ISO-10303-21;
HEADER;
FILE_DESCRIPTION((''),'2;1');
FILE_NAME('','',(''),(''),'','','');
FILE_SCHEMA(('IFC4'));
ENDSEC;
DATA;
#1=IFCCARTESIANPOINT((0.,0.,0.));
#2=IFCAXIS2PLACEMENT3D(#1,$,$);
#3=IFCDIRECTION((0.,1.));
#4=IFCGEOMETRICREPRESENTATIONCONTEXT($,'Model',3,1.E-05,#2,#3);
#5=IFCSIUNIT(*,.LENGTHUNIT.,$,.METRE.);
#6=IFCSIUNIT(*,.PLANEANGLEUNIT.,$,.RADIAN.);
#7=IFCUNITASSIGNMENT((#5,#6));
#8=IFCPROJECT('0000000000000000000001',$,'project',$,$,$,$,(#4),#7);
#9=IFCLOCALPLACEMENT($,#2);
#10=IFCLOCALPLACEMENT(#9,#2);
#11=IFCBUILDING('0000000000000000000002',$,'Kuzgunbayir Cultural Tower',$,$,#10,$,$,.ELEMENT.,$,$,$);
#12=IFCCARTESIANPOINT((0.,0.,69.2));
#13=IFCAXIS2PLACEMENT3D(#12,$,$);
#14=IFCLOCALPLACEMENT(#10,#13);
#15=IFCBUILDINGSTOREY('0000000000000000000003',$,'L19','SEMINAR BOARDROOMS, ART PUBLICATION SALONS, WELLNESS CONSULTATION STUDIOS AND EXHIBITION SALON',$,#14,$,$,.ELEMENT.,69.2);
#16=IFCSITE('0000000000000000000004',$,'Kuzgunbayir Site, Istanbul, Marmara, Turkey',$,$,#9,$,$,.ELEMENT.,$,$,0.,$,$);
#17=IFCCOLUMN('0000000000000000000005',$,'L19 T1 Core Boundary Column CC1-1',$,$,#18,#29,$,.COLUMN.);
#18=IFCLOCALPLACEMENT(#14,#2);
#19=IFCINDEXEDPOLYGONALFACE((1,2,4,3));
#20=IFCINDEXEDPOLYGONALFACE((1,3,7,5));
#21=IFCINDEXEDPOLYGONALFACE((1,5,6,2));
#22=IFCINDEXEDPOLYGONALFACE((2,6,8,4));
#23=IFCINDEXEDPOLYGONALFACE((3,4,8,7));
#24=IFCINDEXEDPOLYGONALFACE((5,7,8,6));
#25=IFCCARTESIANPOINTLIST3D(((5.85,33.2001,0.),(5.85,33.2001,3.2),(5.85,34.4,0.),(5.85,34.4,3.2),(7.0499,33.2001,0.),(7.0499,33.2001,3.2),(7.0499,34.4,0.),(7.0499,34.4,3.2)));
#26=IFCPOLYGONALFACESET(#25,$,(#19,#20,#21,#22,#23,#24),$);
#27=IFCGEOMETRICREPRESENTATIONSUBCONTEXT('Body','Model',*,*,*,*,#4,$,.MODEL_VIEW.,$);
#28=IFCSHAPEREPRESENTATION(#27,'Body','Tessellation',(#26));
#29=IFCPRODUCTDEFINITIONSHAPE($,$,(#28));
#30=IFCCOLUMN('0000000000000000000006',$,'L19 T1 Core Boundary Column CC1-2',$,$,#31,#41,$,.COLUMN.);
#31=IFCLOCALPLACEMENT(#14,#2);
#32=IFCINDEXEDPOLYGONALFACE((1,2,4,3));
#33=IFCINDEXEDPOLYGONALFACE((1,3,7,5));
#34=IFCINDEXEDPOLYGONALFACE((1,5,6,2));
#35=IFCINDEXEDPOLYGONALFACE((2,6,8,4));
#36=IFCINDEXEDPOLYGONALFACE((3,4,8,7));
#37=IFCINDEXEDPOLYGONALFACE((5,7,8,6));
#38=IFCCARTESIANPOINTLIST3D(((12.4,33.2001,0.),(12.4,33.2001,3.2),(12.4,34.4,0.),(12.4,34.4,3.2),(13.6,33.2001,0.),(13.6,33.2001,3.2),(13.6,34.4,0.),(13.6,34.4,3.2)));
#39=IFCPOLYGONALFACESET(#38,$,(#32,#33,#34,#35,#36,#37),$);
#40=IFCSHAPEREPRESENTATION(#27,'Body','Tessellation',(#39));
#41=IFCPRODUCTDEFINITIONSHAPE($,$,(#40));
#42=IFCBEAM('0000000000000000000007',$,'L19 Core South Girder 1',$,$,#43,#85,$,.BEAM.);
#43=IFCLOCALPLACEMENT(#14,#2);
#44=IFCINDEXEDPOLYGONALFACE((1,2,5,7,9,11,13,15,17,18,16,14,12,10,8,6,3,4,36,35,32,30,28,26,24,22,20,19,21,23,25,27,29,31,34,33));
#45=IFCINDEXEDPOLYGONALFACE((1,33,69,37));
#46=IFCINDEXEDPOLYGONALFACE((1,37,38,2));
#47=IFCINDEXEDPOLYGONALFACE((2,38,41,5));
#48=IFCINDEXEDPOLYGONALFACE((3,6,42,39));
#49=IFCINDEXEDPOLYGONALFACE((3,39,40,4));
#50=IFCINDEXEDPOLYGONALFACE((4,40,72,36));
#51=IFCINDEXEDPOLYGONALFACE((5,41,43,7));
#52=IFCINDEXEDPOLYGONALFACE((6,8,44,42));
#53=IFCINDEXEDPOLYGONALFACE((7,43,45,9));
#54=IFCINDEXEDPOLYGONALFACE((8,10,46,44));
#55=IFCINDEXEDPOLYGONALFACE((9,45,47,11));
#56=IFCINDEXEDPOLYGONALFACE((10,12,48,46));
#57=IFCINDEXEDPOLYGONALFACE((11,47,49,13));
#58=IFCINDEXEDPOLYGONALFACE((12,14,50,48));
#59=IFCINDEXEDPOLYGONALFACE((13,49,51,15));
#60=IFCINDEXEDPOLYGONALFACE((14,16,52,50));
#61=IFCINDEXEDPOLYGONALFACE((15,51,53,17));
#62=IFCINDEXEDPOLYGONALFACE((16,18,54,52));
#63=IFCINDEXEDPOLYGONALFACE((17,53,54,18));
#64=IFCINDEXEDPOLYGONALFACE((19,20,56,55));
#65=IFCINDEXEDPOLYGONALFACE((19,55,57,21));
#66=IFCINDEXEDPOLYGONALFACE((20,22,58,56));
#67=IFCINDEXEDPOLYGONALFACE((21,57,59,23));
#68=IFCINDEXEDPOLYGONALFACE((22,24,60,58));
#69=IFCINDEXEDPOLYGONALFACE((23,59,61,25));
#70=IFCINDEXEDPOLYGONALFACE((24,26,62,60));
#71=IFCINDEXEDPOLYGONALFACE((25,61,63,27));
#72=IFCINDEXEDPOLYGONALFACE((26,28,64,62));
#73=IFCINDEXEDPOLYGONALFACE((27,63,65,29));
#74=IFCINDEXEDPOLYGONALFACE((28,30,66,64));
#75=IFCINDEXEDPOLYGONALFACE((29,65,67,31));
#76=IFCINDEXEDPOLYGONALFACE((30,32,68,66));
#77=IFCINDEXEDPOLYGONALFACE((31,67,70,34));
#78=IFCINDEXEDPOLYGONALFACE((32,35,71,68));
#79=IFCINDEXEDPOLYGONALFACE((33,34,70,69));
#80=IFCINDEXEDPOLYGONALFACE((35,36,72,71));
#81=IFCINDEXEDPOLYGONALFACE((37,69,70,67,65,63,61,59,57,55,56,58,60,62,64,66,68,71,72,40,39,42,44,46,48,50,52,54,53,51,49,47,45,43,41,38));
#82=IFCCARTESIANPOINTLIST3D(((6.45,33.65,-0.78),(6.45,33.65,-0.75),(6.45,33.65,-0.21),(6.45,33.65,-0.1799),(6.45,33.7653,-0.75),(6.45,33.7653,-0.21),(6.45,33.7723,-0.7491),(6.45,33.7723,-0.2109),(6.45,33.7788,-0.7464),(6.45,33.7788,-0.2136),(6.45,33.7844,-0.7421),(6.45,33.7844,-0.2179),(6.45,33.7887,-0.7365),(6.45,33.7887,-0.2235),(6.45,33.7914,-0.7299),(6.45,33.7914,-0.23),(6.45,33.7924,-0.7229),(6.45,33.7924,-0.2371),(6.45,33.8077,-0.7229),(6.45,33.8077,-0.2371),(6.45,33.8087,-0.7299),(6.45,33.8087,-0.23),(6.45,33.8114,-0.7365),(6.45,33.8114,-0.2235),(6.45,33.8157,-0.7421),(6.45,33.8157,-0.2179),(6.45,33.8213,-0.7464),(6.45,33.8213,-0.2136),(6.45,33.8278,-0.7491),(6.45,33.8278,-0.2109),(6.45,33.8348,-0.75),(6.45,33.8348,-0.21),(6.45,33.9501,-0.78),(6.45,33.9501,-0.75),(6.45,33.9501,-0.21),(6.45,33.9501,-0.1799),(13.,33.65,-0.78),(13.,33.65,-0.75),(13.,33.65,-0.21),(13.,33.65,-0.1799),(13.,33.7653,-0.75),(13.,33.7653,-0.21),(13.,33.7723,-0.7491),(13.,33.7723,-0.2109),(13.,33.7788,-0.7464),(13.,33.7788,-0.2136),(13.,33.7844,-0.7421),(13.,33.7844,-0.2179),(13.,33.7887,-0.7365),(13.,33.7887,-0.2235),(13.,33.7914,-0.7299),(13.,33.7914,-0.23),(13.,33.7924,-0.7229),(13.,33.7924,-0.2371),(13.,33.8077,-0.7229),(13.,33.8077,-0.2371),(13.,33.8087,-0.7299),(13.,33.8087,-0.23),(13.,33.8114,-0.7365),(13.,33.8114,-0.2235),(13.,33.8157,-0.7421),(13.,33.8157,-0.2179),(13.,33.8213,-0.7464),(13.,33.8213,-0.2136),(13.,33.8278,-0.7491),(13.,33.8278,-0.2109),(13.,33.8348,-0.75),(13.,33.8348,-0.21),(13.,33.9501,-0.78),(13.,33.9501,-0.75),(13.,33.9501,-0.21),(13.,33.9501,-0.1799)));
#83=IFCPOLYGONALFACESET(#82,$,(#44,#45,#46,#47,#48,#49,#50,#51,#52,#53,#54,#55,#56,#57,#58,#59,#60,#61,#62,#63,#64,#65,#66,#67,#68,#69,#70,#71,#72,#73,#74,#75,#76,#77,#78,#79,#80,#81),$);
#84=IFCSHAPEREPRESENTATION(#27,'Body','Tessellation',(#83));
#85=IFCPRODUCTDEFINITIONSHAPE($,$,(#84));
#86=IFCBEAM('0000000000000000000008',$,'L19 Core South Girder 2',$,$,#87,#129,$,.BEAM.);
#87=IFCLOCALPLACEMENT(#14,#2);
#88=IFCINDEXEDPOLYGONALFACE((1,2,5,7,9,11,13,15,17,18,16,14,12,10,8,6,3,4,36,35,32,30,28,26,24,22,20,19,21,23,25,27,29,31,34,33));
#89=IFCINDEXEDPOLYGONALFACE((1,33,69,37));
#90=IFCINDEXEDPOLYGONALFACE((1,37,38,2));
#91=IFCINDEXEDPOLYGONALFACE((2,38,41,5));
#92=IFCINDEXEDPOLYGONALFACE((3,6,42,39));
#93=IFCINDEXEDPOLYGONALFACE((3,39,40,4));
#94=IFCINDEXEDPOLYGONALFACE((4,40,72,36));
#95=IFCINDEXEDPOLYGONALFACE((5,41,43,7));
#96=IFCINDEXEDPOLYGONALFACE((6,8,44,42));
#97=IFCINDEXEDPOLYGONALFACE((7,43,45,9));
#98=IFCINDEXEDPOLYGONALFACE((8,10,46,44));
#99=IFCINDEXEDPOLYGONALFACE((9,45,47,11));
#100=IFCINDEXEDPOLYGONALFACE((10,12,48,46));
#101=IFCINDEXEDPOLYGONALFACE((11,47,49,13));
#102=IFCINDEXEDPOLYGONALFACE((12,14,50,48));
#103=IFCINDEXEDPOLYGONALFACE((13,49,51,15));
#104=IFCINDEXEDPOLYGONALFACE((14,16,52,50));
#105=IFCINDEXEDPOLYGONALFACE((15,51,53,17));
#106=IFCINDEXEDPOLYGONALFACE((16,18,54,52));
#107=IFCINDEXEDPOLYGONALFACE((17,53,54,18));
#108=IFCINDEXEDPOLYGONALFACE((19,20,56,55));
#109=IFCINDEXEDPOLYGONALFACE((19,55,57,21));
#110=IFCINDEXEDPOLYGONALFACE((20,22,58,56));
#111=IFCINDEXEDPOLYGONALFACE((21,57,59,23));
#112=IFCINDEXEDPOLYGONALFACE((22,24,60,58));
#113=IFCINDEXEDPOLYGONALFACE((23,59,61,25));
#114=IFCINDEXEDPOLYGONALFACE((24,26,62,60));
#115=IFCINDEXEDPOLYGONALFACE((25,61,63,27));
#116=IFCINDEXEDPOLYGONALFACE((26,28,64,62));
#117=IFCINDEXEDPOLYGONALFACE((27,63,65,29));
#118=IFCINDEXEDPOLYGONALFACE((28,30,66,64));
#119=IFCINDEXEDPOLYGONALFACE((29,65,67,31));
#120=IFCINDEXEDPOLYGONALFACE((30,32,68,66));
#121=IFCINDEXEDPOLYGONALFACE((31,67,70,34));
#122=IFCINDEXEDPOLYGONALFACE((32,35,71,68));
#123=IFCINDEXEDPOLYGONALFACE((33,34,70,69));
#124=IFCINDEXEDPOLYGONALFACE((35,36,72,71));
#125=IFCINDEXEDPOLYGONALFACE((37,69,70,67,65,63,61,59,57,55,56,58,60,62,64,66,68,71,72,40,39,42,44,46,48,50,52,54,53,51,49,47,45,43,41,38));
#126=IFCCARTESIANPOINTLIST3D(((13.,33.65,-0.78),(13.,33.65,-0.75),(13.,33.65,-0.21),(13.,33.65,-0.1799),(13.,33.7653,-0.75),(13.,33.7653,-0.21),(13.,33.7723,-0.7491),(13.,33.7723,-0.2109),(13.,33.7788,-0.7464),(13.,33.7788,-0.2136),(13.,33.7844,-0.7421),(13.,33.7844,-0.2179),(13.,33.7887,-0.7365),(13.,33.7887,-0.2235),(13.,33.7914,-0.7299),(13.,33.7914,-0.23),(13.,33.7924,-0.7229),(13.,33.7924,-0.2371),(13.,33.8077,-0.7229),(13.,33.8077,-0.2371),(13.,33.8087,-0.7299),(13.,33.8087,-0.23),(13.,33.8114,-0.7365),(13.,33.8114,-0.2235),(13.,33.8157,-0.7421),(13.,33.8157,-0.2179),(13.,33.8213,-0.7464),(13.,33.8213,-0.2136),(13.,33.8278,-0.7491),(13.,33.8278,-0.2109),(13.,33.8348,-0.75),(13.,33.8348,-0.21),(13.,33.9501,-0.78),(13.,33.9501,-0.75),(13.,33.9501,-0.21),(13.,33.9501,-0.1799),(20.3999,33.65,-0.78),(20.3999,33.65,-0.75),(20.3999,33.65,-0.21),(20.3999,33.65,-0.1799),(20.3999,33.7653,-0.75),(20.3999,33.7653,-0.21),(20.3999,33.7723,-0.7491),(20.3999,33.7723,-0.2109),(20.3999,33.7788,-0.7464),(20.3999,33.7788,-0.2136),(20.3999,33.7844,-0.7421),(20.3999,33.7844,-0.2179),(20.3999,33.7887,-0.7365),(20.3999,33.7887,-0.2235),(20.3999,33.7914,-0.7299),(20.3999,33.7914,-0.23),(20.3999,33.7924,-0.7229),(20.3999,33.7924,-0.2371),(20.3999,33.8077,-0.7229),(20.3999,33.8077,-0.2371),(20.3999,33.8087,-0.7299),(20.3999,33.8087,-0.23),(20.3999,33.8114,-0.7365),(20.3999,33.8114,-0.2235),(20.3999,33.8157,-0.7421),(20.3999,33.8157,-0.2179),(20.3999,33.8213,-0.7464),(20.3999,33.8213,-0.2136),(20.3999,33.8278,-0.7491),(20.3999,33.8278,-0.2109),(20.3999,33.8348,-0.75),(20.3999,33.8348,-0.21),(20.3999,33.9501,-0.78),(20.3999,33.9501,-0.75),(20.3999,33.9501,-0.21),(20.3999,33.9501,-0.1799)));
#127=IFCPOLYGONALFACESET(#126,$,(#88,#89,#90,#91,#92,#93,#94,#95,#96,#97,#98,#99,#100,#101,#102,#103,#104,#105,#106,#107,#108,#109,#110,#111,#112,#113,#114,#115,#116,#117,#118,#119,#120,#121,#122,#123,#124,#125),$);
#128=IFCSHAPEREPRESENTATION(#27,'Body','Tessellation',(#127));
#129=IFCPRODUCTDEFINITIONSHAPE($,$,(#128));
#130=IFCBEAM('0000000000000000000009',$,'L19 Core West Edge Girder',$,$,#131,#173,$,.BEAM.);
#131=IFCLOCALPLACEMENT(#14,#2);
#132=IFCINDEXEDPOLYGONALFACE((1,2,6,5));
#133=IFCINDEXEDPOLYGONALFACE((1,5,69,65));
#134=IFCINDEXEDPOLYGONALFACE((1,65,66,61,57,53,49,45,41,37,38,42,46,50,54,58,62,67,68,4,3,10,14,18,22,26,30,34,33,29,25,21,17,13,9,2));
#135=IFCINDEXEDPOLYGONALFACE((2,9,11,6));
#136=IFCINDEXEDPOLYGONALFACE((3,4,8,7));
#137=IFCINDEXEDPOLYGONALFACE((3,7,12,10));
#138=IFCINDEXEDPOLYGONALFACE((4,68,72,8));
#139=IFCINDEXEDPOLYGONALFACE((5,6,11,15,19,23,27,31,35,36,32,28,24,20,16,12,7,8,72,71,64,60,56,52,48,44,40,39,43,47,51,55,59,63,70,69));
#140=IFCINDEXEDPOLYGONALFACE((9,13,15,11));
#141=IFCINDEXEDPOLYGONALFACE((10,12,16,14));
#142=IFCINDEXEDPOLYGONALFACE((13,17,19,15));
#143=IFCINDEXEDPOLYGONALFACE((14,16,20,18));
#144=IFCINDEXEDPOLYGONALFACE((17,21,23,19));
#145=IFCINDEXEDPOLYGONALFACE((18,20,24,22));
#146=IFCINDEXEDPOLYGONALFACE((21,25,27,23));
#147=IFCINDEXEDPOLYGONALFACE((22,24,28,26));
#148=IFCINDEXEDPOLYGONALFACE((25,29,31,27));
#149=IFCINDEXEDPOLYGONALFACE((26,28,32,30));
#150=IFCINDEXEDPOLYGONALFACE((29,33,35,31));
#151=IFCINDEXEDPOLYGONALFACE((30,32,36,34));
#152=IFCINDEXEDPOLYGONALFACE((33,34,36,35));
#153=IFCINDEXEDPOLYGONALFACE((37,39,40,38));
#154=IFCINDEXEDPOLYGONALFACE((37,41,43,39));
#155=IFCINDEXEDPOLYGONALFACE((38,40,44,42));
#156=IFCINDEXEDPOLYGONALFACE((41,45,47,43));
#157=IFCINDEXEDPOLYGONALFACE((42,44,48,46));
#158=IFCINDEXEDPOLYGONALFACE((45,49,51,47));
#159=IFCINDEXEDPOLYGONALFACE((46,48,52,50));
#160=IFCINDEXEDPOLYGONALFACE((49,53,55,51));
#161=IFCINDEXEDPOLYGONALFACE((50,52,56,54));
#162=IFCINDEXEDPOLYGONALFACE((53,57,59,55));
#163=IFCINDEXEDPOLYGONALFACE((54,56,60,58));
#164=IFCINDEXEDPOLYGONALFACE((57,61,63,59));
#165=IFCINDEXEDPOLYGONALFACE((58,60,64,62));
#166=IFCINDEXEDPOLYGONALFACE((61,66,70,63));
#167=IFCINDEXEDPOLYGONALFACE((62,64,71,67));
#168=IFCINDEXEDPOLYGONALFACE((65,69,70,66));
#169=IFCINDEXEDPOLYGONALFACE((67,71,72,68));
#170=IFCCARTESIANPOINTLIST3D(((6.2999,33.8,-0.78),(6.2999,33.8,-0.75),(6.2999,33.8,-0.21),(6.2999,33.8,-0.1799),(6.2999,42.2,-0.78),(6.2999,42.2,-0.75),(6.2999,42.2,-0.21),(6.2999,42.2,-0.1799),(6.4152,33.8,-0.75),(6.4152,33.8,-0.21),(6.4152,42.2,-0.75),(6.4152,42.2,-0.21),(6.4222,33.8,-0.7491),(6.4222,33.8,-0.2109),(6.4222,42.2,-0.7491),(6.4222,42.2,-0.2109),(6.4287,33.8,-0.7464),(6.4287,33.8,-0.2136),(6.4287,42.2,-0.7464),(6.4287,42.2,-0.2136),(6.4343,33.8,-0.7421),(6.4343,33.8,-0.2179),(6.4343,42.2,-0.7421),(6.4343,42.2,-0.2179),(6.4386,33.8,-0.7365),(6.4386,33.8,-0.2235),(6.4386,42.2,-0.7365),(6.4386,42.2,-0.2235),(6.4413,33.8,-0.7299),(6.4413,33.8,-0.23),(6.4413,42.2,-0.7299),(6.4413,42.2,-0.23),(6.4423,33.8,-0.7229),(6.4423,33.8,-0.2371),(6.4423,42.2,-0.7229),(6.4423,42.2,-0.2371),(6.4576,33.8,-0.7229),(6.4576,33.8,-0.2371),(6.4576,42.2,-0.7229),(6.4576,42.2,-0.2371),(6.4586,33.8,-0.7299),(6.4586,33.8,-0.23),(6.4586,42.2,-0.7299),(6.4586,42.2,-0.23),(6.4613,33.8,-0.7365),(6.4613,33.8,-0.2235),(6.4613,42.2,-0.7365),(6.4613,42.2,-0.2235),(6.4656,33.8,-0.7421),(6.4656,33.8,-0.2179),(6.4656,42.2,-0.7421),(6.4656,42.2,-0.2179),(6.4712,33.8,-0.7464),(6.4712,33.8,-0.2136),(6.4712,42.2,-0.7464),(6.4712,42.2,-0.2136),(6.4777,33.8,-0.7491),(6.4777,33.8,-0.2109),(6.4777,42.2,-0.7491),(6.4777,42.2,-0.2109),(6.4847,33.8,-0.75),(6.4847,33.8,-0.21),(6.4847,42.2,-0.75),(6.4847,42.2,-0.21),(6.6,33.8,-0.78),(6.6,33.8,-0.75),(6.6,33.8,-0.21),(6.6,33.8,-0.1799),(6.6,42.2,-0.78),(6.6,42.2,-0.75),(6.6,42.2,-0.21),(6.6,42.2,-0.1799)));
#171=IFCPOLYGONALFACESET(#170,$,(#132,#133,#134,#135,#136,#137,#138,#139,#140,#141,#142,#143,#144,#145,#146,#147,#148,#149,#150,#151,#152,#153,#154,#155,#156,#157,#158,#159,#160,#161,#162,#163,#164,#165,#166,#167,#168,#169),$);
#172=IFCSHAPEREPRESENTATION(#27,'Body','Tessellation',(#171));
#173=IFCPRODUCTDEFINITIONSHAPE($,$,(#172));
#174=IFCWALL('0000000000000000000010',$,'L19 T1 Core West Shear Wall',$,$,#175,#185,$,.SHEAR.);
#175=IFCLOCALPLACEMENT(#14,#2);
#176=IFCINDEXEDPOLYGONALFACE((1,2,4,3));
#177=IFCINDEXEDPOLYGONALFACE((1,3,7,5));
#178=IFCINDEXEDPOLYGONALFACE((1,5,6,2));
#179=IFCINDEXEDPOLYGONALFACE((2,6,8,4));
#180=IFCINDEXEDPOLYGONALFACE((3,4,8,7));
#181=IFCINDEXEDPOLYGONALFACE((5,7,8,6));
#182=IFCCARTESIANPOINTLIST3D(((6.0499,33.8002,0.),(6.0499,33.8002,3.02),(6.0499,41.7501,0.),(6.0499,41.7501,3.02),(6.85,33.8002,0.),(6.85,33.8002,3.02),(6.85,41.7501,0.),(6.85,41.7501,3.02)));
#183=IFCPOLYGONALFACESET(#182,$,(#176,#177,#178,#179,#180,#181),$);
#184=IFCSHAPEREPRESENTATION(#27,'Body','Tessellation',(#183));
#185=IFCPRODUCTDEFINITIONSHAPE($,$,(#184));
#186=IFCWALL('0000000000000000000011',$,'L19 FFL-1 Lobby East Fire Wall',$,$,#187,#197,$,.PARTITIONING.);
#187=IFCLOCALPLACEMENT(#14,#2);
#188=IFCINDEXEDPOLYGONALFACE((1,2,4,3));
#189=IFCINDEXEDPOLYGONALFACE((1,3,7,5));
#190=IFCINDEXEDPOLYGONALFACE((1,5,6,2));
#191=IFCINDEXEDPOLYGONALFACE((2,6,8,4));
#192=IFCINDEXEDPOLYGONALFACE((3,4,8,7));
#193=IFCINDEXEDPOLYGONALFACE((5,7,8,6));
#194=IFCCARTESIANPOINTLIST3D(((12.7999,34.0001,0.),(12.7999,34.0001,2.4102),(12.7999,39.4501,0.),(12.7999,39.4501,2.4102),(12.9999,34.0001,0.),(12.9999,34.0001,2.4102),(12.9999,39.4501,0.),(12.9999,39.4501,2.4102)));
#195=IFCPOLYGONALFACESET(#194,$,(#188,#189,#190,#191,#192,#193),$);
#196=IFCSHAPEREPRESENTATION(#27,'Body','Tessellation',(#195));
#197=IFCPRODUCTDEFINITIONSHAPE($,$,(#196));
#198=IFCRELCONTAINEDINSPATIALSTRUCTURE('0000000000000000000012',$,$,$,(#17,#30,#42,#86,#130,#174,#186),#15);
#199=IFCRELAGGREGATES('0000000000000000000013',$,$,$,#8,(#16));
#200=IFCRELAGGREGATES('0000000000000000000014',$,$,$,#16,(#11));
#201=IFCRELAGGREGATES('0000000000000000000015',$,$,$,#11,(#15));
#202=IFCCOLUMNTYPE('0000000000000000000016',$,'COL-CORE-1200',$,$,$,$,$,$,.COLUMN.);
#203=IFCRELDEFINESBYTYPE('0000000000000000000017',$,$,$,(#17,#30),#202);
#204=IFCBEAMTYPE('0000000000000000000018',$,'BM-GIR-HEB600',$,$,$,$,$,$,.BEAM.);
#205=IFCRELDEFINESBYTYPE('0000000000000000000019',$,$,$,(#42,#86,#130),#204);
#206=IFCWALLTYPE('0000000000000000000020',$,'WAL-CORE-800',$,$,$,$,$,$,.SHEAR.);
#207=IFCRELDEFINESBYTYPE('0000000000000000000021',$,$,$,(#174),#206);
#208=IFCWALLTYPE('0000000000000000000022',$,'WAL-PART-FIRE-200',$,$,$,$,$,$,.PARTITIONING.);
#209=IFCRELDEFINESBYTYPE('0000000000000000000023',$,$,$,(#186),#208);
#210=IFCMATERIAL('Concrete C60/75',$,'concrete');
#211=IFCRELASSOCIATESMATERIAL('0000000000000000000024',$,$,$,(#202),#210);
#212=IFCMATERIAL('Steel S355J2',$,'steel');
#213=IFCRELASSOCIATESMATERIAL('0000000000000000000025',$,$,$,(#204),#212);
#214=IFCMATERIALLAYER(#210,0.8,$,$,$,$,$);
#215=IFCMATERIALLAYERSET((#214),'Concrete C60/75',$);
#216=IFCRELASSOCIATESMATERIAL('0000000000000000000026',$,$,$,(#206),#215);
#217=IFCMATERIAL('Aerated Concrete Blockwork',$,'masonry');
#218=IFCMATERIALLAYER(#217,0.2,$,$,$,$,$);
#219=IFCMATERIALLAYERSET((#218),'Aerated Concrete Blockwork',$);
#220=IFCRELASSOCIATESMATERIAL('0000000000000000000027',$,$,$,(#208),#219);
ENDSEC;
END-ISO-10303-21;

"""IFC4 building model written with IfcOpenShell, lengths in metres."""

from ifc_helpers import new_model, si_unit, direction, frame, frame_2d, origin, origin_2d, place, context, subcontext, project, spatial, rectangle, i_section, extrude, material, layer, layer_set, material_profile, profile_set, type_object, element, save


model = new_model("IFC4")

# Units and contexts
model_context = context("Model", 3, precision=1e-05, world=origin(), true_north=direction((0.0, 1.0)))
body_context = subcontext(model_context, "Body", "Model", "MODEL_VIEW")
ifc_project = project(units=[si_unit("LENGTHUNIT", "METRE"), si_unit("PLANEANGLEUNIT", "RADIAN")], contexts=[model_context])

# Site, building, storey
site_placement = place(None, origin())
site = spatial("IfcSite", under=ifc_project, at=site_placement, Name="Kuzgunbayir Site, Istanbul, Marmara, Turkey", CompositionType="ELEMENT", RefElevation=0.0)
building_placement = place(site_placement, origin())
building = spatial("IfcBuilding", under=site, at=building_placement, Name="Kuzgunbayir Cultural Tower", CompositionType="ELEMENT")
storey_placement = place(building_placement, frame((0.0, 0.0, 69.2)))
storey = spatial("IfcBuildingStorey", under=building, at=storey_placement, Name="L19", Description="SEMINAR BOARDROOMS, ART PUBLICATION SALONS, WELLNESS CONSULTATION STUDIOS AND EXHIBITION SALON", CompositionType="ELEMENT", Elevation=69.2)

# Columns
ifc_material_1 = material(Name="Concrete C60/75", Category="concrete")
ifc_material_profile_1 = material_profile(ifc_material_1, rectangle(XDim=1.2, YDim=1.2, at=origin_2d()), Name="RC 1200x1200")
ifc_profile_set_1 = profile_set([ifc_material_profile_1], Name="Concrete C60/75")
column_type = type_object("IfcColumnType", Name="COL-CORE-1200", PredefinedType="COLUMN", material=ifc_profile_set_1)
for number, where, z_axis, x_axis, name in (
    (1, (6.45, 33.8, 0.0), (0.0, 0.0, 1.0), (1.0, 0.0, 0.0), "L19 T1 Core Boundary Column CC1-1"),
    (2, (13.0, 33.8, 0.0), (0.0, 0.0, 1.0), (1.0, 0.0, 0.0), "L19 T1 Core Boundary Column CC1-2"),
):
    element("IfcColumn", number, at=place(storey_placement, frame(where, z_axis=z_axis, x_axis=x_axis)), inside=storey, type_object=column_type, Name=name, PredefinedType="COLUMN", context=body_context, shape_type="SweptSolid", body=[
        extrude(rectangle(XDim=1.2, YDim=1.2, at=origin_2d()), origin(), (0.0, 0.0, 1.0), 3.2),
    ])

# Beams
ifc_material_2 = material(Name="Steel S355J2", Category="steel")
ifc_material_profile_2 = material_profile(ifc_material_2, i_section(OverallWidth=0.3, OverallDepth=0.6001, WebThickness=0.0154, FlangeThickness=0.03, FilletRadius=0.0271, at=origin_2d()), Name="HEB 600")
ifc_profile_set_2 = profile_set([ifc_material_profile_2], Name="Steel S355J2")
beam_type = type_object("IfcBeamType", Name="BM-GIR-HEB600", PredefinedType="BEAM", material=ifc_profile_set_2)
beam_1_placement = place(storey_placement, frame((6.45, 33.8, -0.48), z_axis=(1.0, 0.0, 0.0), x_axis=(0.0, 1.0, 0.0)))
element("IfcBeam", 3, at=beam_1_placement, inside=storey, type_object=beam_type, Name="L19 Core South Girder 1", PredefinedType="BEAM", context=body_context, shape_type="SweptSolid", body=[
    extrude(i_section(OverallWidth=0.3, OverallDepth=0.6001, WebThickness=0.0154, FlangeThickness=0.03, FilletRadius=0.0271, at=origin_2d()), origin(), (0.0, 0.0, 1.0), 6.55),
])
beam_2_placement = place(storey_placement, frame((13.0, 33.8, -0.48), z_axis=(1.0, 0.0, 0.0), x_axis=(0.0, 1.0, 0.0)))
element("IfcBeam", 4, at=beam_2_placement, inside=storey, type_object=beam_type, Name="L19 Core South Girder 2", PredefinedType="BEAM", context=body_context, shape_type="SweptSolid", body=[
    extrude(i_section(OverallWidth=0.3, OverallDepth=0.6001, WebThickness=0.0154, FlangeThickness=0.03, FilletRadius=0.0271, at=origin_2d()), origin(), (0.0, 0.0, 1.0), 7.3999),
])
beam_3_placement = place(storey_placement, frame((6.45, 33.8, -0.48), z_axis=(0.0, 1.0, 0.0), x_axis=(-1.0, 0.0, 0.0)))
element("IfcBeam", 5, at=beam_3_placement, inside=storey, type_object=beam_type, Name="L19 Core West Edge Girder", PredefinedType="BEAM", context=body_context, shape_type="SweptSolid", body=[
    extrude(i_section(OverallWidth=0.3, OverallDepth=0.6001, WebThickness=0.0154, FlangeThickness=0.03, FilletRadius=0.0271, at=origin_2d()), origin(), (0.0, 0.0, 1.0), 8.3999),
])

# Walls
ifc_layer_1 = layer(ifc_material_1, 0.8)
ifc_layer_set_1 = layer_set([ifc_layer_1], Name="Concrete C60/75")
wall_type_1 = type_object("IfcWallType", Name="WAL-CORE-800", PredefinedType="SHEAR", material=ifc_layer_set_1)
wall_1_placement = place(storey_placement, frame((6.45, 33.8, 0.0), z_axis=(0.0, 0.0, 1.0), x_axis=(0.0, 1.0, 0.0)))
element("IfcWall", 6, at=wall_1_placement, inside=storey, type_object=wall_type_1, Name="L19 T1 Core West Shear Wall", PredefinedType="SHEAR", context=body_context, shape_type="SweptSolid", body=[
    extrude(rectangle(XDim=7.95, YDim=0.8, at=frame_2d((3.9751, 0.0))), origin(), (0.0, 0.0, 1.0), 3.02),
])
ifc_material_3 = material(Name="Aerated Concrete Blockwork", Category="masonry")
ifc_layer_2 = layer(ifc_material_3, 0.2)
ifc_layer_set_2 = layer_set([ifc_layer_2], Name="Aerated Concrete Blockwork")
wall_type_2 = type_object("IfcWallType", Name="WAL-PART-FIRE-200", PredefinedType="PARTITIONING", material=ifc_layer_set_2)
wall_2_placement = place(storey_placement, frame((12.8999, 34.0, 0.0), z_axis=(0.0, 0.0, 1.0), x_axis=(0.0, 1.0, 0.0)))
element("IfcWall", 7, at=wall_2_placement, inside=storey, type_object=wall_type_2, Name="L19 FFL-1 Lobby East Fire Wall", PredefinedType="PARTITIONING", context=body_context, shape_type="SweptSolid", body=[
    extrude(rectangle(XDim=5.45, YDim=0.2, at=frame_2d((2.7251, 0.0))), origin(), (0.0, 0.0, 1.0), 2.4102),
])

save(model, "model.ifc")
